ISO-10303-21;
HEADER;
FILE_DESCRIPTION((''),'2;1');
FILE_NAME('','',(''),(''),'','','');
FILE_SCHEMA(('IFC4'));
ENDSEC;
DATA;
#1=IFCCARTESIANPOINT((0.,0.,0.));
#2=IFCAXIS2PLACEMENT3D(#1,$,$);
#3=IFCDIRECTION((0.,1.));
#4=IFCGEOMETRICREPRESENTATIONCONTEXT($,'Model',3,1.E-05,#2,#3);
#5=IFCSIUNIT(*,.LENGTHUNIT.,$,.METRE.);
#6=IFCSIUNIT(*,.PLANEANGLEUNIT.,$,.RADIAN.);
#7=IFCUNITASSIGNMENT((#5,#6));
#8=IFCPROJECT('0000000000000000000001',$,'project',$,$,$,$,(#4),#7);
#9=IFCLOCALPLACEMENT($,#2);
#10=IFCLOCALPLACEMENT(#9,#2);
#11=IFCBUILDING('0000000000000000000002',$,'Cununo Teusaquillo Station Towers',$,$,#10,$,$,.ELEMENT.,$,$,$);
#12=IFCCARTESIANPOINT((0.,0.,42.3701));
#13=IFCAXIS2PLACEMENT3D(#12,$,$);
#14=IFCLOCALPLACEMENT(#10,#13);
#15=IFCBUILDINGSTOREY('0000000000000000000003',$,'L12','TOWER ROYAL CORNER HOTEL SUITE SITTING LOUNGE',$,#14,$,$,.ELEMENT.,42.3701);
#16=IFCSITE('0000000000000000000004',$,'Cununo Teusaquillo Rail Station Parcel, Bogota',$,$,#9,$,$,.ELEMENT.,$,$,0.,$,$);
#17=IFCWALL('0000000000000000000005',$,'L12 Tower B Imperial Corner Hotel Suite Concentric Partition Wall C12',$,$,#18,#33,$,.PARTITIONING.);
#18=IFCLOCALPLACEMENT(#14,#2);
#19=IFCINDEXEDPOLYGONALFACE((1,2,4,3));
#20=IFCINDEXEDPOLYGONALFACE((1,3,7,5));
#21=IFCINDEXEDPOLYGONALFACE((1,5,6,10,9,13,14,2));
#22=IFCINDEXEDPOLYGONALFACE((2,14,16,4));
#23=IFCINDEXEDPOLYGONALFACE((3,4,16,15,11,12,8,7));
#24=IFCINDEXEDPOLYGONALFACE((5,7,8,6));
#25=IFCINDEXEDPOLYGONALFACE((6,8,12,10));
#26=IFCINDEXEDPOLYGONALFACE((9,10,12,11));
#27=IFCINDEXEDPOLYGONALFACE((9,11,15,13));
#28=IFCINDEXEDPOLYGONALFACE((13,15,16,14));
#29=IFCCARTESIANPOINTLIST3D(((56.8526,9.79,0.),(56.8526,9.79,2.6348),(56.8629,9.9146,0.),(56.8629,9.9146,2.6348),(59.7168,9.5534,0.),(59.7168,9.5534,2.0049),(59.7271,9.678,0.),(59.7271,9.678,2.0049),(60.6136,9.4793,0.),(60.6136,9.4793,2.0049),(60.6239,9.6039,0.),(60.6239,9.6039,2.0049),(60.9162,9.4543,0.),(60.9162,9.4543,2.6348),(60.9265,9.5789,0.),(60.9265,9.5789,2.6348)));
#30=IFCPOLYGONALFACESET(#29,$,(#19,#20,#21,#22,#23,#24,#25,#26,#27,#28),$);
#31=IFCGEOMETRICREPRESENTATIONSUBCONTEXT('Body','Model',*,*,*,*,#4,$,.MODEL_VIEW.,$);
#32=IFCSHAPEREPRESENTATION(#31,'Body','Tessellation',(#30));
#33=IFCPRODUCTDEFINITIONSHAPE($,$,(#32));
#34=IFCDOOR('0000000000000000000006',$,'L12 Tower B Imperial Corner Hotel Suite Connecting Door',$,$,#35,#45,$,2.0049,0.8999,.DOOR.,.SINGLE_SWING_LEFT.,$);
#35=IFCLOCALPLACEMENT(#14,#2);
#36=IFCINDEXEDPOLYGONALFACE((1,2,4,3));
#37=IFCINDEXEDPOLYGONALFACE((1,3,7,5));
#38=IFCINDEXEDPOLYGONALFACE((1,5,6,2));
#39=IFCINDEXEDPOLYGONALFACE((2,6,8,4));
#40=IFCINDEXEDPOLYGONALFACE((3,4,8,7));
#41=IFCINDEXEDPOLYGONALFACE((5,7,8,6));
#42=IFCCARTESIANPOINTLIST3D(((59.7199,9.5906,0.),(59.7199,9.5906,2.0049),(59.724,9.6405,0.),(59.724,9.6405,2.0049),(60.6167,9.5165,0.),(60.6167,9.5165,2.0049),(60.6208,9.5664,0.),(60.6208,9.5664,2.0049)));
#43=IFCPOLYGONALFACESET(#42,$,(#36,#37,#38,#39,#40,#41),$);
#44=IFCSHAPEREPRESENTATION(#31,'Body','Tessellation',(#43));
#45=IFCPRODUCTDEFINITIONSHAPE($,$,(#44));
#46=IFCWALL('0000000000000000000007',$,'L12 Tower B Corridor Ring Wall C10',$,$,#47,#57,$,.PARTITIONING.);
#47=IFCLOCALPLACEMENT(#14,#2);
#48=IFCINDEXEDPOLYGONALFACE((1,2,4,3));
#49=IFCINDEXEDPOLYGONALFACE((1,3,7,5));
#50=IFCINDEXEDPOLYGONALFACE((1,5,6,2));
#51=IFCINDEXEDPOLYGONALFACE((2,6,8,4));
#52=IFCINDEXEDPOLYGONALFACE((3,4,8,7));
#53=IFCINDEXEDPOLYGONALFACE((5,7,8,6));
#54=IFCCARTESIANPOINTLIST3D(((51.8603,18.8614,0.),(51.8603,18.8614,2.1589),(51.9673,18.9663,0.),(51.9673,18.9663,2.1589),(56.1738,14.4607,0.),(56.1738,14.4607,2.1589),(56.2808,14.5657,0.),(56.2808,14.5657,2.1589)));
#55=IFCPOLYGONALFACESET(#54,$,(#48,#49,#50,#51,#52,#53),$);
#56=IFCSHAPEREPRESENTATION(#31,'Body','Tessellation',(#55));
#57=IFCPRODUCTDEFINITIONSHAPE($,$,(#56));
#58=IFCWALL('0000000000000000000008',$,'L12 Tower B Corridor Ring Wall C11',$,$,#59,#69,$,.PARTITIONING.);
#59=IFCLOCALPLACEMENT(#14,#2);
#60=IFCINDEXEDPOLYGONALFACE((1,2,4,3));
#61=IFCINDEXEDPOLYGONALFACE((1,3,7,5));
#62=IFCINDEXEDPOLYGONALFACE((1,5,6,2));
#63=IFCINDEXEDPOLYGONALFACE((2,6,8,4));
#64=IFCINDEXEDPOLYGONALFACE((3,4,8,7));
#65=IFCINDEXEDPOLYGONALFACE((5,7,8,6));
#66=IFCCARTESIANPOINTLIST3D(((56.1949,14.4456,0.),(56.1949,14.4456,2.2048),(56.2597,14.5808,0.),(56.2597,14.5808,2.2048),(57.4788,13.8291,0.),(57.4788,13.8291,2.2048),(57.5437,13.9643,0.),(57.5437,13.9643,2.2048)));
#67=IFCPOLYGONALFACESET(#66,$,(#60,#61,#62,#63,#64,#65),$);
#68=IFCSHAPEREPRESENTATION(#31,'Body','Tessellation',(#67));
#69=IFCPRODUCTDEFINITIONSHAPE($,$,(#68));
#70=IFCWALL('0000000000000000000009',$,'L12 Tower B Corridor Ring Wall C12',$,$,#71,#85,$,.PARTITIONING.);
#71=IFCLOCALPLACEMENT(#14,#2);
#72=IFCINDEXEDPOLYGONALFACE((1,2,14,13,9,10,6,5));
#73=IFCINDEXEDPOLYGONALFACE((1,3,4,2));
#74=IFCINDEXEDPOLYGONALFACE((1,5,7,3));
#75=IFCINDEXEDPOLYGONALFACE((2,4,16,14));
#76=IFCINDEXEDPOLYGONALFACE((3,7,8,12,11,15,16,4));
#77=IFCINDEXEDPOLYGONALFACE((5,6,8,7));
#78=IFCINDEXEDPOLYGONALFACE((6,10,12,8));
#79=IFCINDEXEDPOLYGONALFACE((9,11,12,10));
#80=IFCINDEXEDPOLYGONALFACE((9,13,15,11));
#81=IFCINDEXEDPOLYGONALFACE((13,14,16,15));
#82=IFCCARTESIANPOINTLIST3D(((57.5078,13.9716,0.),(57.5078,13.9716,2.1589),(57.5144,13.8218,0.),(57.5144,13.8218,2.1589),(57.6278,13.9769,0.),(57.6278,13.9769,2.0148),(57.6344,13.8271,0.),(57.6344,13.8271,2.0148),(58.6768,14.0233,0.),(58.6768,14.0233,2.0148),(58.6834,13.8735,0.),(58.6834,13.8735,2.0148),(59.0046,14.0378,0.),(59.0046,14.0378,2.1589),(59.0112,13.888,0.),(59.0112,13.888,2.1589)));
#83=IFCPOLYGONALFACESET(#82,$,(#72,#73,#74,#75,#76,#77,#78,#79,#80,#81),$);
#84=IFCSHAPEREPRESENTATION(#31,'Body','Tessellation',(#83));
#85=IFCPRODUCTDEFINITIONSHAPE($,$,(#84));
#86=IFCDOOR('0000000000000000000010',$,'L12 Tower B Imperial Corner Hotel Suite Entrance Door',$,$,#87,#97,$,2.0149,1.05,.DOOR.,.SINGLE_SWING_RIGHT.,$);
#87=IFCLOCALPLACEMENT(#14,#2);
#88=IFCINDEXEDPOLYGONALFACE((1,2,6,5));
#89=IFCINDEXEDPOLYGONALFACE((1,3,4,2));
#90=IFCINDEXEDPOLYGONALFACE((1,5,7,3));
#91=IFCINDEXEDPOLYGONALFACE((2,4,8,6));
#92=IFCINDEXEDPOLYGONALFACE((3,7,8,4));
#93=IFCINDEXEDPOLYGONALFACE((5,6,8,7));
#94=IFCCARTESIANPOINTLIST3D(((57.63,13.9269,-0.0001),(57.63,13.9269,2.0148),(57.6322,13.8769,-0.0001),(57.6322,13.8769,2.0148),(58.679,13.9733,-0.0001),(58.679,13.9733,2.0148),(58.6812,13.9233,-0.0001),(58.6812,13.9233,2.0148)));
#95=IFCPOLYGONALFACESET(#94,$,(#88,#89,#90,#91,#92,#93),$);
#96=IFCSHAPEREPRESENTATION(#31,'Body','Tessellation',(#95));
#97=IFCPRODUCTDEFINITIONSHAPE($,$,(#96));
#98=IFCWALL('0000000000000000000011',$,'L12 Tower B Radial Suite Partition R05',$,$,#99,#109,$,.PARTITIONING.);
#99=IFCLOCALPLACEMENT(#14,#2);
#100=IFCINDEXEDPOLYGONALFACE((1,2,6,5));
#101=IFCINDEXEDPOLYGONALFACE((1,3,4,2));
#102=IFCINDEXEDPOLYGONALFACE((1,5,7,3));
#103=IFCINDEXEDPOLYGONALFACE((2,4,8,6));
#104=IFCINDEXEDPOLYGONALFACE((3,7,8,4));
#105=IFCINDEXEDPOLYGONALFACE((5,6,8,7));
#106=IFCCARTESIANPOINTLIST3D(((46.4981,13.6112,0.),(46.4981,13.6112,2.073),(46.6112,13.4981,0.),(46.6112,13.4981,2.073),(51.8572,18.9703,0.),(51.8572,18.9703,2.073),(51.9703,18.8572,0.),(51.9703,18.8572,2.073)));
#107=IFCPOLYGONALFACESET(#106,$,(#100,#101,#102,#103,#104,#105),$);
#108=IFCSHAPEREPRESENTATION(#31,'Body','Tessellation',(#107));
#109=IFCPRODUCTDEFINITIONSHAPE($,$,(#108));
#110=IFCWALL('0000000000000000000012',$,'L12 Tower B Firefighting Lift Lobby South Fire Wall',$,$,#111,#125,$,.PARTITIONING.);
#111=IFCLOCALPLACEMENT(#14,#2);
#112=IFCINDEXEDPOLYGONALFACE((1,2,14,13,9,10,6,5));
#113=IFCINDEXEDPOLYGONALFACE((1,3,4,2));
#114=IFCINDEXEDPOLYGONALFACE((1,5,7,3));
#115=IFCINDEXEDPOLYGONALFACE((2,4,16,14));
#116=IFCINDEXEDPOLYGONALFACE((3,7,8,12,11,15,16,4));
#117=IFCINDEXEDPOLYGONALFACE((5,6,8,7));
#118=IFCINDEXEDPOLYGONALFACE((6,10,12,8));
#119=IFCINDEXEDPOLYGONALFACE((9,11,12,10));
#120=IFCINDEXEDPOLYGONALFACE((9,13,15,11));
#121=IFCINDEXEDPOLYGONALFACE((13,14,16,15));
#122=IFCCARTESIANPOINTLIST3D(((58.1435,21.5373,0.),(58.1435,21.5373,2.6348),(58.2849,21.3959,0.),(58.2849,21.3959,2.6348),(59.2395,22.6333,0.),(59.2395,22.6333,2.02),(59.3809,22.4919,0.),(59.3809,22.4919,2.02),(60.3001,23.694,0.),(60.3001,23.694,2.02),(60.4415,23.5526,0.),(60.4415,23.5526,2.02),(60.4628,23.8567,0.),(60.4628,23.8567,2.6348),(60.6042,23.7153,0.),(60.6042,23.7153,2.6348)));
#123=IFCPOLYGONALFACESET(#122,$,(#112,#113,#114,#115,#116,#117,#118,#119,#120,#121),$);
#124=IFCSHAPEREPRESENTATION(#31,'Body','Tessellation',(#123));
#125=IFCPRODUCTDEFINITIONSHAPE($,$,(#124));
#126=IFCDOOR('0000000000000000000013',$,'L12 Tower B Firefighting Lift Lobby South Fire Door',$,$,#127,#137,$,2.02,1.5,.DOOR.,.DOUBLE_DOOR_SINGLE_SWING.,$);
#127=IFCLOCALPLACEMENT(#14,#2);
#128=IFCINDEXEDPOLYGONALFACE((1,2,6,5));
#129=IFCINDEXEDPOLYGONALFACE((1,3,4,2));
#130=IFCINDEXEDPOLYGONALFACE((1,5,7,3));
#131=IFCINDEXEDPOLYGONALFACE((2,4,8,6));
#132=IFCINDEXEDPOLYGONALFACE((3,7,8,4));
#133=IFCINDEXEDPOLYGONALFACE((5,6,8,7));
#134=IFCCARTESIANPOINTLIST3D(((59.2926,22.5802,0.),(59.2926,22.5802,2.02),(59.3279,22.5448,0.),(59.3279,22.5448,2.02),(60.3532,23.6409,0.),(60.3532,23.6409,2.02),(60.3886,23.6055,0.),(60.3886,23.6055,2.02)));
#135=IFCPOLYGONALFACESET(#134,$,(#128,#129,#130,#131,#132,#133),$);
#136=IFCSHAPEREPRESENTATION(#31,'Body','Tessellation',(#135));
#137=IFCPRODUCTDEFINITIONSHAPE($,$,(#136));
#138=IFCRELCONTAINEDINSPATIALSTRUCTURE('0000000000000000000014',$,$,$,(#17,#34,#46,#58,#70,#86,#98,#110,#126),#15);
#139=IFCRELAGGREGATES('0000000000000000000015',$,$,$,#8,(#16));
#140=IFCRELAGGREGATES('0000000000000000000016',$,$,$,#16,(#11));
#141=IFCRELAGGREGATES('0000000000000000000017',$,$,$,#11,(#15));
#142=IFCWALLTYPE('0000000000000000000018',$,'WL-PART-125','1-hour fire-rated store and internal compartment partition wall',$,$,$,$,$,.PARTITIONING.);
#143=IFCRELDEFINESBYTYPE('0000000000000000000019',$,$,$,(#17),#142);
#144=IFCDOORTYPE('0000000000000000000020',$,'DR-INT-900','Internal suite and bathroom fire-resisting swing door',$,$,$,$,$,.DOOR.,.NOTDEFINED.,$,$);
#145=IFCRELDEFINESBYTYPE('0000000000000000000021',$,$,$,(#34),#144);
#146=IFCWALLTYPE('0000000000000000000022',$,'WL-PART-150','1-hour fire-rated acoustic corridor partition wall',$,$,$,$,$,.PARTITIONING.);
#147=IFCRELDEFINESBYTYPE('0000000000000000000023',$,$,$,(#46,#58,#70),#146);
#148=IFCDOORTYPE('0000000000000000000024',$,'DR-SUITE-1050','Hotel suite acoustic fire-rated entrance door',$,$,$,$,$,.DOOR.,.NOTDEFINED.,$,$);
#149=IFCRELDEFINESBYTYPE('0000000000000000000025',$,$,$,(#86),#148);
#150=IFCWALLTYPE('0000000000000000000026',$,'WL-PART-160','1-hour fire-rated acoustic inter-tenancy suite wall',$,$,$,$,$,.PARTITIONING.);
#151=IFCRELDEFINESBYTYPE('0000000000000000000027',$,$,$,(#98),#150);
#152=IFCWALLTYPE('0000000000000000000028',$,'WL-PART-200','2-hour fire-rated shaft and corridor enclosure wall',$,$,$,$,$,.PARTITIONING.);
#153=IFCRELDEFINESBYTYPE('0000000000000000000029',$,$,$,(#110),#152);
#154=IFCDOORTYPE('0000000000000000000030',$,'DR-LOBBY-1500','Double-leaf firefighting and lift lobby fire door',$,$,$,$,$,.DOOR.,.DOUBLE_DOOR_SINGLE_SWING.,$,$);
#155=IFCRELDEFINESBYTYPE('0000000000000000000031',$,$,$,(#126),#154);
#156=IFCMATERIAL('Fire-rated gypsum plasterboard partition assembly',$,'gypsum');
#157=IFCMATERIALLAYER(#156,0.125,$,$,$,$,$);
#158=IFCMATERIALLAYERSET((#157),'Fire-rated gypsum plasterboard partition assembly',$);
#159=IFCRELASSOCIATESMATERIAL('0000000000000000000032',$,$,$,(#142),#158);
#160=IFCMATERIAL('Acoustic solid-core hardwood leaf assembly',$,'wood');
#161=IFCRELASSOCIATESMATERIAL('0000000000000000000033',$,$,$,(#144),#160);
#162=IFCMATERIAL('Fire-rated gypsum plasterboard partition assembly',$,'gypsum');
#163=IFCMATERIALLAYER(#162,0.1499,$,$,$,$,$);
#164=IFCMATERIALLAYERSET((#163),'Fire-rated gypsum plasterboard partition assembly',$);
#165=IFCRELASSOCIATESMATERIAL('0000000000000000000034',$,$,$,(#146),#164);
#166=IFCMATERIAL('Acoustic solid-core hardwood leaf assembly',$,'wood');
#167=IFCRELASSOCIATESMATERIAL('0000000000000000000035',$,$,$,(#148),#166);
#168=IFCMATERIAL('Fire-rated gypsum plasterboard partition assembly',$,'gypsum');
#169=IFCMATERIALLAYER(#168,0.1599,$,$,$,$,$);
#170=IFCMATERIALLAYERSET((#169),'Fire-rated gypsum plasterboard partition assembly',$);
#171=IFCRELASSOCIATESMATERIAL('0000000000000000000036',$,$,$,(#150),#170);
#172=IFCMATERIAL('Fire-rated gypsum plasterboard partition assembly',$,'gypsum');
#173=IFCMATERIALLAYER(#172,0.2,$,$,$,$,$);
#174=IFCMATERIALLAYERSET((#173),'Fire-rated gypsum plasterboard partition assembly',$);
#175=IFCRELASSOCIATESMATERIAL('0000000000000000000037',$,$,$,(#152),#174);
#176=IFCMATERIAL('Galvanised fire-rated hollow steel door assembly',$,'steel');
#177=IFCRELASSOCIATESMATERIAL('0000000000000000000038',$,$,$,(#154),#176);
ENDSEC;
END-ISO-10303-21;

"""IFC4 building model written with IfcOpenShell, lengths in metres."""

from ifc_helpers import new_model, si_unit, direction, frame, frame_2d, origin, place, context, subcontext, project, spatial, rectangle, extrude, source, transform, mapped, material, layer, layer_set, type_object, element, fill, save


model = new_model("IFC4")

# Units and contexts
model_context = context("Model", 3, precision=1e-05, world=origin(), true_north=direction((0.0, 1.0)))
body_context = subcontext(model_context, "Body", "Model", "MODEL_VIEW")
ifc_project = project(units=[si_unit("LENGTHUNIT", "METRE"), si_unit("PLANEANGLEUNIT", "RADIAN")], contexts=[model_context])

# Site, building, storey
site_placement = place(None, origin())
site = spatial("IfcSite", under=ifc_project, at=site_placement, Name="Cununo Teusaquillo Rail Station Parcel, Bogota", CompositionType="ELEMENT", RefElevation=0.0)
building_placement = place(site_placement, origin())
building = spatial("IfcBuilding", under=site, at=building_placement, Name="Cununo Teusaquillo Station Towers", CompositionType="ELEMENT")
storey_placement = place(building_placement, frame((0.0, 0.0, 42.3701)))
storey = spatial("IfcBuildingStorey", under=building, at=storey_placement, Name="L12", Description="TOWER ROYAL CORNER HOTEL SUITE SITTING LOUNGE", CompositionType="ELEMENT", Elevation=42.3701)

# Shared definitions
ifc_material_1 = material(Name="Fire-rated gypsum plasterboard partition assembly", Category="gypsum")
ifc_layer_1 = layer(ifc_material_1, 0.125)
ifc_layer_set_1 = layer_set([ifc_layer_1], Name="Fire-rated gypsum plasterboard partition assembly")
wall_type_1 = type_object("IfcWallType", Name="WL-PART-125", Description="1-hour fire-rated store and internal compartment partition wall", PredefinedType="PARTITIONING", material=ifc_layer_set_1)

# Wall, opening, door
wall_1_placement = place(storey_placement, frame((56.8579, 9.8523, 0.0), z_axis=(0.0, 0.0, 1.0), x_axis=(0.996605, -0.082332, 0.0)))
wall_1 = element("IfcWall", 1, at=wall_1_placement, inside=storey, type_object=wall_type_1, Name="L12 Tower B Imperial Corner Hotel Suite Concentric Partition Wall C12", PredefinedType="PARTITIONING", context=body_context, shape_type="SweptSolid", body=[
    extrude(rectangle(XDim=4.0774, YDim=0.125, at=frame_2d((2.0386, 0.0))), origin(), (0.0, 0.0, 1.0), 2.6348),
])
shared_shape_1 = source(origin(), body_context, "Body", "SweptSolid", [
    extrude(rectangle(XDim=0.8999, YDim=2.0049, at=frame_2d((0.45, 1.0024))), frame((0.0, 0.0725, 0.0), z_axis=(0.0, -1.0, 0.0), x_axis=(1.0, 0.0, 0.0)), (0.0, 0.0, 1.0), 0.145),
])
opening_1_placement = place(wall_1_placement, frame((2.8738, 0.0, 0.0)))
opening_1 = element("IfcOpeningElement", 2, at=opening_1_placement, cuts=wall_1, PredefinedType="OPENING", context=body_context, shape_type="MappedRepresentation", body=[
    mapped(shared_shape_1, transform((0.0, 0.0, 0.0), x_axis=(1.0, 0.0, 0.0), y_axis=(0.0, 1.0, 0.0), z_axis=(0.0, 0.0, 1.0), scale=1.0)),
])
ifc_material_2 = material(Name="Acoustic solid-core hardwood leaf assembly", Category="wood")
door_type_1 = type_object("IfcDoorType", Name="DR-INT-900", Description="Internal suite and bathroom fire-resisting swing door", OperationType="NOTDEFINED", PredefinedType="DOOR", material=ifc_material_2)
shared_shape_2 = source(origin(), body_context, "Body", "SweptSolid", [
    extrude(rectangle(XDim=0.8999, YDim=2.0049, at=frame_2d((0.45, 1.0024))), frame((0.0, 0.0249, 0.0), z_axis=(0.0, -1.0, 0.0), x_axis=(1.0, 0.0, 0.0)), (0.0, 0.0, 1.0), 0.05),
])
door_1_placement = place(opening_1_placement, origin())
door_1 = element("IfcDoor", 3, at=door_1_placement, inside=storey, type_object=door_type_1, Name="L12 Tower B Imperial Corner Hotel Suite Connecting Door", OperationType="SINGLE_SWING_LEFT", OverallHeight=2.0049, OverallWidth=0.8999, PredefinedType="DOOR", context=body_context, shape_type="MappedRepresentation", body=[
    mapped(shared_shape_2, transform((0.0, 0.0, 0.0), x_axis=(1.0, 0.0, 0.0), y_axis=(0.0, 1.0, 0.0), z_axis=(0.0, 0.0, 1.0), scale=1.0)),
])
fill(opening_1, door_1)

# Walls
ifc_material_3 = material(Name="Fire-rated gypsum plasterboard partition assembly", Category="gypsum")
ifc_layer_2 = layer(ifc_material_3, 0.1499)
ifc_layer_set_2 = layer_set([ifc_layer_2], Name="Fire-rated gypsum plasterboard partition assembly")
wall_type_2 = type_object("IfcWallType", Name="WL-PART-150", Description="1-hour fire-rated acoustic corridor partition wall", PredefinedType="PARTITIONING", material=ifc_layer_set_2)
wall_2_placement = place(storey_placement, frame((51.9138, 18.9138, 0.0), z_axis=(0.0, 0.0, 1.0), x_axis=(0.699999, -0.714144, 0.0)))
element("IfcWall", 4, at=wall_2_placement, inside=storey, type_object=wall_type_2, Name="L12 Tower B Corridor Ring Wall C10", PredefinedType="PARTITIONING", context=body_context, shape_type="SweptSolid", body=[
    extrude(rectangle(XDim=6.1621, YDim=0.1499, at=frame_2d((3.0811, 0.0))), origin(), (0.0, 0.0, 1.0), 2.1589),
])
wall_3_placement = place(storey_placement, frame((56.2273, 14.5132, 0.0), z_axis=(0.0, 0.0, 1.0), x_axis=(0.901478, -0.432826, 0.0)))
element("IfcWall", 5, at=wall_3_placement, inside=storey, type_object=wall_type_2, Name="L12 Tower B Corridor Ring Wall C11", PredefinedType="PARTITIONING", context=body_context, shape_type="SweptSolid", body=[
    extrude(rectangle(XDim=1.4243, YDim=0.1499, at=frame_2d((0.7122, 0.0))), origin(), (0.0, 0.0, 1.0), 2.2048),
])

# Wall, opening, door
wall_4_placement = place(storey_placement, frame((57.5112, 13.8967, 0.0), z_axis=(0.0, 0.0, 1.0), x_axis=(0.999025, 0.044158, 0.0)))
wall_4 = element("IfcWall", 6, at=wall_4_placement, inside=storey, type_object=wall_type_2, Name="L12 Tower B Corridor Ring Wall C12", PredefinedType="PARTITIONING", context=body_context, shape_type="SweptSolid", body=[
    extrude(rectangle(XDim=1.4983, YDim=0.1499, at=frame_2d((0.749, 0.0))), origin(), (0.0, 0.0, 1.0), 2.1589),
])
shared_shape_3 = source(origin(), body_context, "Body", "SweptSolid", [
    extrude(rectangle(XDim=1.05, YDim=2.0149, at=frame_2d((0.5249, 1.0073))), frame((0.0, 0.085, 0.0), z_axis=(0.0, -1.0, 0.0), x_axis=(1.0, 0.0, 0.0)), (0.0, 0.0, 1.0), 0.1699),
])
opening_2_placement = place(wall_4_placement, frame((0.1201, 0.0, 0.0)))
opening_2 = element("IfcOpeningElement", 7, at=opening_2_placement, cuts=wall_4, PredefinedType="OPENING", context=body_context, shape_type="MappedRepresentation", body=[
    mapped(shared_shape_3, transform((0.0, 0.0, 0.0), x_axis=(1.0, 0.0, 0.0), y_axis=(0.0, 1.0, 0.0), z_axis=(0.0, 0.0, 1.0), scale=1.0)),
])
ifc_material_4 = material(Name="Acoustic solid-core hardwood leaf assembly", Category="wood")
door_type_2 = type_object("IfcDoorType", Name="DR-SUITE-1050", Description="Hotel suite acoustic fire-rated entrance door", OperationType="NOTDEFINED", PredefinedType="DOOR", material=ifc_material_4)
shared_shape_4 = source(origin(), body_context, "Body", "SweptSolid", [
    extrude(rectangle(XDim=1.05, YDim=2.0149, at=frame_2d((0.5249, 1.0073))), frame((0.0, 0.0249, 0.0), z_axis=(0.0, -1.0, 0.0), x_axis=(1.0, 0.0, 0.0)), (0.0, 0.0, 1.0), 0.05),
])
door_2_placement = place(opening_2_placement, origin())
door_2 = element("IfcDoor", 8, at=door_2_placement, inside=storey, type_object=door_type_2, Name="L12 Tower B Imperial Corner Hotel Suite Entrance Door", OperationType="SINGLE_SWING_RIGHT", OverallHeight=2.0149, OverallWidth=1.05, PredefinedType="DOOR", context=body_context, shape_type="MappedRepresentation", body=[
    mapped(shared_shape_4, transform((0.0, 0.0, 0.0), x_axis=(1.0, 0.0, 0.0), y_axis=(0.0, 1.0, 0.0), z_axis=(0.0, 0.0, 1.0), scale=1.0)),
])
fill(opening_2, door_2)

# Wall
ifc_material_5 = material(Name="Fire-rated gypsum plasterboard partition assembly", Category="gypsum")
ifc_layer_3 = layer(ifc_material_5, 0.1599)
ifc_layer_set_3 = layer_set([ifc_layer_3], Name="Fire-rated gypsum plasterboard partition assembly")
wall_type_3 = type_object("IfcWallType", Name="WL-PART-160", Description="1-hour fire-rated acoustic inter-tenancy suite wall", PredefinedType="PARTITIONING", material=ifc_layer_set_3)
wall_5_placement = place(storey_placement, frame((51.9138, 18.9138, 0.0), z_axis=(0.0, 0.0, 1.0), x_axis=(-0.707107, -0.707107, 0.0)))
element("IfcWall", 9, at=wall_5_placement, inside=storey, type_object=wall_type_3, Name="L12 Tower B Radial Suite Partition R05", PredefinedType="PARTITIONING", context=body_context, shape_type="SweptSolid", body=[
    extrude(rectangle(XDim=7.5789, YDim=0.1599, at=frame_2d((3.7896, 0.0))), origin(), (0.0, 0.0, 1.0), 2.073),
])

# Wall, opening, door
ifc_material_6 = material(Name="Fire-rated gypsum plasterboard partition assembly", Category="gypsum")
ifc_layer_4 = layer(ifc_material_6, 0.2)
ifc_layer_set_4 = layer_set([ifc_layer_4], Name="Fire-rated gypsum plasterboard partition assembly")
wall_type_4 = type_object("IfcWallType", Name="WL-PART-200", Description="2-hour fire-rated shaft and corridor enclosure wall", PredefinedType="PARTITIONING", material=ifc_layer_set_4)
wall_6_placement = place(storey_placement, frame((58.2141, 21.4666, 0.0), z_axis=(0.0, 0.0, 1.0), x_axis=(0.707107, 0.707107, 0.0)))
wall_6 = element("IfcWall", 10, at=wall_6_placement, inside=storey, type_object=wall_type_4, Name="L12 Tower B Firefighting Lift Lobby South Fire Wall", PredefinedType="PARTITIONING", context=body_context, shape_type="SweptSolid", body=[
    extrude(rectangle(XDim=3.28, YDim=0.2, at=frame_2d((1.6401, 0.0))), origin(), (0.0, 0.0, 1.0), 2.6348),
])
shared_shape_5 = source(origin(), body_context, "Body", "SweptSolid", [
    extrude(rectangle(XDim=1.5, YDim=2.02, at=frame_2d((0.75, 1.01))), frame((0.0, 0.1099, 0.0), z_axis=(0.0, -1.0, 0.0), x_axis=(1.0, 0.0, 0.0)), (0.0, 0.0, 1.0), 0.22),
])
opening_3_placement = place(wall_6_placement, frame((1.55, 0.0, 0.0)))
opening_3 = element("IfcOpeningElement", 11, at=opening_3_placement, cuts=wall_6, PredefinedType="OPENING", context=body_context, shape_type="MappedRepresentation", body=[
    mapped(shared_shape_5, transform((0.0, 0.0, 0.0), x_axis=(1.0, 0.0, 0.0), y_axis=(0.0, 1.0, 0.0), z_axis=(0.0, 0.0, 1.0), scale=1.0)),
])
ifc_material_7 = material(Name="Galvanised fire-rated hollow steel door assembly", Category="steel")
door_type_3 = type_object("IfcDoorType", Name="DR-LOBBY-1500", Description="Double-leaf firefighting and lift lobby fire door", OperationType="DOUBLE_DOOR_SINGLE_SWING", PredefinedType="DOOR", material=ifc_material_7)
shared_shape_6 = source(origin(), body_context, "Body", "SweptSolid", [
    extrude(rectangle(XDim=1.5, YDim=2.02, at=frame_2d((0.75, 1.01))), frame((0.0, 0.0249, 0.0), z_axis=(0.0, -1.0, 0.0), x_axis=(1.0, 0.0, 0.0)), (0.0, 0.0, 1.0), 0.05),
])
door_3_placement = place(opening_3_placement, origin())
door_3 = element("IfcDoor", 12, at=door_3_placement, inside=storey, type_object=door_type_3, Name="L12 Tower B Firefighting Lift Lobby South Fire Door", OperationType="DOUBLE_DOOR_SINGLE_SWING", OverallHeight=2.02, OverallWidth=1.5, PredefinedType="DOOR", context=body_context, shape_type="MappedRepresentation", body=[
    mapped(shared_shape_6, transform((0.0, 0.0, 0.0), x_axis=(1.0, 0.0, 0.0), y_axis=(0.0, 1.0, 0.0), z_axis=(0.0, 0.0, 1.0), scale=1.0)),
])
fill(opening_3, door_3)

save(model, "model.ifc")
